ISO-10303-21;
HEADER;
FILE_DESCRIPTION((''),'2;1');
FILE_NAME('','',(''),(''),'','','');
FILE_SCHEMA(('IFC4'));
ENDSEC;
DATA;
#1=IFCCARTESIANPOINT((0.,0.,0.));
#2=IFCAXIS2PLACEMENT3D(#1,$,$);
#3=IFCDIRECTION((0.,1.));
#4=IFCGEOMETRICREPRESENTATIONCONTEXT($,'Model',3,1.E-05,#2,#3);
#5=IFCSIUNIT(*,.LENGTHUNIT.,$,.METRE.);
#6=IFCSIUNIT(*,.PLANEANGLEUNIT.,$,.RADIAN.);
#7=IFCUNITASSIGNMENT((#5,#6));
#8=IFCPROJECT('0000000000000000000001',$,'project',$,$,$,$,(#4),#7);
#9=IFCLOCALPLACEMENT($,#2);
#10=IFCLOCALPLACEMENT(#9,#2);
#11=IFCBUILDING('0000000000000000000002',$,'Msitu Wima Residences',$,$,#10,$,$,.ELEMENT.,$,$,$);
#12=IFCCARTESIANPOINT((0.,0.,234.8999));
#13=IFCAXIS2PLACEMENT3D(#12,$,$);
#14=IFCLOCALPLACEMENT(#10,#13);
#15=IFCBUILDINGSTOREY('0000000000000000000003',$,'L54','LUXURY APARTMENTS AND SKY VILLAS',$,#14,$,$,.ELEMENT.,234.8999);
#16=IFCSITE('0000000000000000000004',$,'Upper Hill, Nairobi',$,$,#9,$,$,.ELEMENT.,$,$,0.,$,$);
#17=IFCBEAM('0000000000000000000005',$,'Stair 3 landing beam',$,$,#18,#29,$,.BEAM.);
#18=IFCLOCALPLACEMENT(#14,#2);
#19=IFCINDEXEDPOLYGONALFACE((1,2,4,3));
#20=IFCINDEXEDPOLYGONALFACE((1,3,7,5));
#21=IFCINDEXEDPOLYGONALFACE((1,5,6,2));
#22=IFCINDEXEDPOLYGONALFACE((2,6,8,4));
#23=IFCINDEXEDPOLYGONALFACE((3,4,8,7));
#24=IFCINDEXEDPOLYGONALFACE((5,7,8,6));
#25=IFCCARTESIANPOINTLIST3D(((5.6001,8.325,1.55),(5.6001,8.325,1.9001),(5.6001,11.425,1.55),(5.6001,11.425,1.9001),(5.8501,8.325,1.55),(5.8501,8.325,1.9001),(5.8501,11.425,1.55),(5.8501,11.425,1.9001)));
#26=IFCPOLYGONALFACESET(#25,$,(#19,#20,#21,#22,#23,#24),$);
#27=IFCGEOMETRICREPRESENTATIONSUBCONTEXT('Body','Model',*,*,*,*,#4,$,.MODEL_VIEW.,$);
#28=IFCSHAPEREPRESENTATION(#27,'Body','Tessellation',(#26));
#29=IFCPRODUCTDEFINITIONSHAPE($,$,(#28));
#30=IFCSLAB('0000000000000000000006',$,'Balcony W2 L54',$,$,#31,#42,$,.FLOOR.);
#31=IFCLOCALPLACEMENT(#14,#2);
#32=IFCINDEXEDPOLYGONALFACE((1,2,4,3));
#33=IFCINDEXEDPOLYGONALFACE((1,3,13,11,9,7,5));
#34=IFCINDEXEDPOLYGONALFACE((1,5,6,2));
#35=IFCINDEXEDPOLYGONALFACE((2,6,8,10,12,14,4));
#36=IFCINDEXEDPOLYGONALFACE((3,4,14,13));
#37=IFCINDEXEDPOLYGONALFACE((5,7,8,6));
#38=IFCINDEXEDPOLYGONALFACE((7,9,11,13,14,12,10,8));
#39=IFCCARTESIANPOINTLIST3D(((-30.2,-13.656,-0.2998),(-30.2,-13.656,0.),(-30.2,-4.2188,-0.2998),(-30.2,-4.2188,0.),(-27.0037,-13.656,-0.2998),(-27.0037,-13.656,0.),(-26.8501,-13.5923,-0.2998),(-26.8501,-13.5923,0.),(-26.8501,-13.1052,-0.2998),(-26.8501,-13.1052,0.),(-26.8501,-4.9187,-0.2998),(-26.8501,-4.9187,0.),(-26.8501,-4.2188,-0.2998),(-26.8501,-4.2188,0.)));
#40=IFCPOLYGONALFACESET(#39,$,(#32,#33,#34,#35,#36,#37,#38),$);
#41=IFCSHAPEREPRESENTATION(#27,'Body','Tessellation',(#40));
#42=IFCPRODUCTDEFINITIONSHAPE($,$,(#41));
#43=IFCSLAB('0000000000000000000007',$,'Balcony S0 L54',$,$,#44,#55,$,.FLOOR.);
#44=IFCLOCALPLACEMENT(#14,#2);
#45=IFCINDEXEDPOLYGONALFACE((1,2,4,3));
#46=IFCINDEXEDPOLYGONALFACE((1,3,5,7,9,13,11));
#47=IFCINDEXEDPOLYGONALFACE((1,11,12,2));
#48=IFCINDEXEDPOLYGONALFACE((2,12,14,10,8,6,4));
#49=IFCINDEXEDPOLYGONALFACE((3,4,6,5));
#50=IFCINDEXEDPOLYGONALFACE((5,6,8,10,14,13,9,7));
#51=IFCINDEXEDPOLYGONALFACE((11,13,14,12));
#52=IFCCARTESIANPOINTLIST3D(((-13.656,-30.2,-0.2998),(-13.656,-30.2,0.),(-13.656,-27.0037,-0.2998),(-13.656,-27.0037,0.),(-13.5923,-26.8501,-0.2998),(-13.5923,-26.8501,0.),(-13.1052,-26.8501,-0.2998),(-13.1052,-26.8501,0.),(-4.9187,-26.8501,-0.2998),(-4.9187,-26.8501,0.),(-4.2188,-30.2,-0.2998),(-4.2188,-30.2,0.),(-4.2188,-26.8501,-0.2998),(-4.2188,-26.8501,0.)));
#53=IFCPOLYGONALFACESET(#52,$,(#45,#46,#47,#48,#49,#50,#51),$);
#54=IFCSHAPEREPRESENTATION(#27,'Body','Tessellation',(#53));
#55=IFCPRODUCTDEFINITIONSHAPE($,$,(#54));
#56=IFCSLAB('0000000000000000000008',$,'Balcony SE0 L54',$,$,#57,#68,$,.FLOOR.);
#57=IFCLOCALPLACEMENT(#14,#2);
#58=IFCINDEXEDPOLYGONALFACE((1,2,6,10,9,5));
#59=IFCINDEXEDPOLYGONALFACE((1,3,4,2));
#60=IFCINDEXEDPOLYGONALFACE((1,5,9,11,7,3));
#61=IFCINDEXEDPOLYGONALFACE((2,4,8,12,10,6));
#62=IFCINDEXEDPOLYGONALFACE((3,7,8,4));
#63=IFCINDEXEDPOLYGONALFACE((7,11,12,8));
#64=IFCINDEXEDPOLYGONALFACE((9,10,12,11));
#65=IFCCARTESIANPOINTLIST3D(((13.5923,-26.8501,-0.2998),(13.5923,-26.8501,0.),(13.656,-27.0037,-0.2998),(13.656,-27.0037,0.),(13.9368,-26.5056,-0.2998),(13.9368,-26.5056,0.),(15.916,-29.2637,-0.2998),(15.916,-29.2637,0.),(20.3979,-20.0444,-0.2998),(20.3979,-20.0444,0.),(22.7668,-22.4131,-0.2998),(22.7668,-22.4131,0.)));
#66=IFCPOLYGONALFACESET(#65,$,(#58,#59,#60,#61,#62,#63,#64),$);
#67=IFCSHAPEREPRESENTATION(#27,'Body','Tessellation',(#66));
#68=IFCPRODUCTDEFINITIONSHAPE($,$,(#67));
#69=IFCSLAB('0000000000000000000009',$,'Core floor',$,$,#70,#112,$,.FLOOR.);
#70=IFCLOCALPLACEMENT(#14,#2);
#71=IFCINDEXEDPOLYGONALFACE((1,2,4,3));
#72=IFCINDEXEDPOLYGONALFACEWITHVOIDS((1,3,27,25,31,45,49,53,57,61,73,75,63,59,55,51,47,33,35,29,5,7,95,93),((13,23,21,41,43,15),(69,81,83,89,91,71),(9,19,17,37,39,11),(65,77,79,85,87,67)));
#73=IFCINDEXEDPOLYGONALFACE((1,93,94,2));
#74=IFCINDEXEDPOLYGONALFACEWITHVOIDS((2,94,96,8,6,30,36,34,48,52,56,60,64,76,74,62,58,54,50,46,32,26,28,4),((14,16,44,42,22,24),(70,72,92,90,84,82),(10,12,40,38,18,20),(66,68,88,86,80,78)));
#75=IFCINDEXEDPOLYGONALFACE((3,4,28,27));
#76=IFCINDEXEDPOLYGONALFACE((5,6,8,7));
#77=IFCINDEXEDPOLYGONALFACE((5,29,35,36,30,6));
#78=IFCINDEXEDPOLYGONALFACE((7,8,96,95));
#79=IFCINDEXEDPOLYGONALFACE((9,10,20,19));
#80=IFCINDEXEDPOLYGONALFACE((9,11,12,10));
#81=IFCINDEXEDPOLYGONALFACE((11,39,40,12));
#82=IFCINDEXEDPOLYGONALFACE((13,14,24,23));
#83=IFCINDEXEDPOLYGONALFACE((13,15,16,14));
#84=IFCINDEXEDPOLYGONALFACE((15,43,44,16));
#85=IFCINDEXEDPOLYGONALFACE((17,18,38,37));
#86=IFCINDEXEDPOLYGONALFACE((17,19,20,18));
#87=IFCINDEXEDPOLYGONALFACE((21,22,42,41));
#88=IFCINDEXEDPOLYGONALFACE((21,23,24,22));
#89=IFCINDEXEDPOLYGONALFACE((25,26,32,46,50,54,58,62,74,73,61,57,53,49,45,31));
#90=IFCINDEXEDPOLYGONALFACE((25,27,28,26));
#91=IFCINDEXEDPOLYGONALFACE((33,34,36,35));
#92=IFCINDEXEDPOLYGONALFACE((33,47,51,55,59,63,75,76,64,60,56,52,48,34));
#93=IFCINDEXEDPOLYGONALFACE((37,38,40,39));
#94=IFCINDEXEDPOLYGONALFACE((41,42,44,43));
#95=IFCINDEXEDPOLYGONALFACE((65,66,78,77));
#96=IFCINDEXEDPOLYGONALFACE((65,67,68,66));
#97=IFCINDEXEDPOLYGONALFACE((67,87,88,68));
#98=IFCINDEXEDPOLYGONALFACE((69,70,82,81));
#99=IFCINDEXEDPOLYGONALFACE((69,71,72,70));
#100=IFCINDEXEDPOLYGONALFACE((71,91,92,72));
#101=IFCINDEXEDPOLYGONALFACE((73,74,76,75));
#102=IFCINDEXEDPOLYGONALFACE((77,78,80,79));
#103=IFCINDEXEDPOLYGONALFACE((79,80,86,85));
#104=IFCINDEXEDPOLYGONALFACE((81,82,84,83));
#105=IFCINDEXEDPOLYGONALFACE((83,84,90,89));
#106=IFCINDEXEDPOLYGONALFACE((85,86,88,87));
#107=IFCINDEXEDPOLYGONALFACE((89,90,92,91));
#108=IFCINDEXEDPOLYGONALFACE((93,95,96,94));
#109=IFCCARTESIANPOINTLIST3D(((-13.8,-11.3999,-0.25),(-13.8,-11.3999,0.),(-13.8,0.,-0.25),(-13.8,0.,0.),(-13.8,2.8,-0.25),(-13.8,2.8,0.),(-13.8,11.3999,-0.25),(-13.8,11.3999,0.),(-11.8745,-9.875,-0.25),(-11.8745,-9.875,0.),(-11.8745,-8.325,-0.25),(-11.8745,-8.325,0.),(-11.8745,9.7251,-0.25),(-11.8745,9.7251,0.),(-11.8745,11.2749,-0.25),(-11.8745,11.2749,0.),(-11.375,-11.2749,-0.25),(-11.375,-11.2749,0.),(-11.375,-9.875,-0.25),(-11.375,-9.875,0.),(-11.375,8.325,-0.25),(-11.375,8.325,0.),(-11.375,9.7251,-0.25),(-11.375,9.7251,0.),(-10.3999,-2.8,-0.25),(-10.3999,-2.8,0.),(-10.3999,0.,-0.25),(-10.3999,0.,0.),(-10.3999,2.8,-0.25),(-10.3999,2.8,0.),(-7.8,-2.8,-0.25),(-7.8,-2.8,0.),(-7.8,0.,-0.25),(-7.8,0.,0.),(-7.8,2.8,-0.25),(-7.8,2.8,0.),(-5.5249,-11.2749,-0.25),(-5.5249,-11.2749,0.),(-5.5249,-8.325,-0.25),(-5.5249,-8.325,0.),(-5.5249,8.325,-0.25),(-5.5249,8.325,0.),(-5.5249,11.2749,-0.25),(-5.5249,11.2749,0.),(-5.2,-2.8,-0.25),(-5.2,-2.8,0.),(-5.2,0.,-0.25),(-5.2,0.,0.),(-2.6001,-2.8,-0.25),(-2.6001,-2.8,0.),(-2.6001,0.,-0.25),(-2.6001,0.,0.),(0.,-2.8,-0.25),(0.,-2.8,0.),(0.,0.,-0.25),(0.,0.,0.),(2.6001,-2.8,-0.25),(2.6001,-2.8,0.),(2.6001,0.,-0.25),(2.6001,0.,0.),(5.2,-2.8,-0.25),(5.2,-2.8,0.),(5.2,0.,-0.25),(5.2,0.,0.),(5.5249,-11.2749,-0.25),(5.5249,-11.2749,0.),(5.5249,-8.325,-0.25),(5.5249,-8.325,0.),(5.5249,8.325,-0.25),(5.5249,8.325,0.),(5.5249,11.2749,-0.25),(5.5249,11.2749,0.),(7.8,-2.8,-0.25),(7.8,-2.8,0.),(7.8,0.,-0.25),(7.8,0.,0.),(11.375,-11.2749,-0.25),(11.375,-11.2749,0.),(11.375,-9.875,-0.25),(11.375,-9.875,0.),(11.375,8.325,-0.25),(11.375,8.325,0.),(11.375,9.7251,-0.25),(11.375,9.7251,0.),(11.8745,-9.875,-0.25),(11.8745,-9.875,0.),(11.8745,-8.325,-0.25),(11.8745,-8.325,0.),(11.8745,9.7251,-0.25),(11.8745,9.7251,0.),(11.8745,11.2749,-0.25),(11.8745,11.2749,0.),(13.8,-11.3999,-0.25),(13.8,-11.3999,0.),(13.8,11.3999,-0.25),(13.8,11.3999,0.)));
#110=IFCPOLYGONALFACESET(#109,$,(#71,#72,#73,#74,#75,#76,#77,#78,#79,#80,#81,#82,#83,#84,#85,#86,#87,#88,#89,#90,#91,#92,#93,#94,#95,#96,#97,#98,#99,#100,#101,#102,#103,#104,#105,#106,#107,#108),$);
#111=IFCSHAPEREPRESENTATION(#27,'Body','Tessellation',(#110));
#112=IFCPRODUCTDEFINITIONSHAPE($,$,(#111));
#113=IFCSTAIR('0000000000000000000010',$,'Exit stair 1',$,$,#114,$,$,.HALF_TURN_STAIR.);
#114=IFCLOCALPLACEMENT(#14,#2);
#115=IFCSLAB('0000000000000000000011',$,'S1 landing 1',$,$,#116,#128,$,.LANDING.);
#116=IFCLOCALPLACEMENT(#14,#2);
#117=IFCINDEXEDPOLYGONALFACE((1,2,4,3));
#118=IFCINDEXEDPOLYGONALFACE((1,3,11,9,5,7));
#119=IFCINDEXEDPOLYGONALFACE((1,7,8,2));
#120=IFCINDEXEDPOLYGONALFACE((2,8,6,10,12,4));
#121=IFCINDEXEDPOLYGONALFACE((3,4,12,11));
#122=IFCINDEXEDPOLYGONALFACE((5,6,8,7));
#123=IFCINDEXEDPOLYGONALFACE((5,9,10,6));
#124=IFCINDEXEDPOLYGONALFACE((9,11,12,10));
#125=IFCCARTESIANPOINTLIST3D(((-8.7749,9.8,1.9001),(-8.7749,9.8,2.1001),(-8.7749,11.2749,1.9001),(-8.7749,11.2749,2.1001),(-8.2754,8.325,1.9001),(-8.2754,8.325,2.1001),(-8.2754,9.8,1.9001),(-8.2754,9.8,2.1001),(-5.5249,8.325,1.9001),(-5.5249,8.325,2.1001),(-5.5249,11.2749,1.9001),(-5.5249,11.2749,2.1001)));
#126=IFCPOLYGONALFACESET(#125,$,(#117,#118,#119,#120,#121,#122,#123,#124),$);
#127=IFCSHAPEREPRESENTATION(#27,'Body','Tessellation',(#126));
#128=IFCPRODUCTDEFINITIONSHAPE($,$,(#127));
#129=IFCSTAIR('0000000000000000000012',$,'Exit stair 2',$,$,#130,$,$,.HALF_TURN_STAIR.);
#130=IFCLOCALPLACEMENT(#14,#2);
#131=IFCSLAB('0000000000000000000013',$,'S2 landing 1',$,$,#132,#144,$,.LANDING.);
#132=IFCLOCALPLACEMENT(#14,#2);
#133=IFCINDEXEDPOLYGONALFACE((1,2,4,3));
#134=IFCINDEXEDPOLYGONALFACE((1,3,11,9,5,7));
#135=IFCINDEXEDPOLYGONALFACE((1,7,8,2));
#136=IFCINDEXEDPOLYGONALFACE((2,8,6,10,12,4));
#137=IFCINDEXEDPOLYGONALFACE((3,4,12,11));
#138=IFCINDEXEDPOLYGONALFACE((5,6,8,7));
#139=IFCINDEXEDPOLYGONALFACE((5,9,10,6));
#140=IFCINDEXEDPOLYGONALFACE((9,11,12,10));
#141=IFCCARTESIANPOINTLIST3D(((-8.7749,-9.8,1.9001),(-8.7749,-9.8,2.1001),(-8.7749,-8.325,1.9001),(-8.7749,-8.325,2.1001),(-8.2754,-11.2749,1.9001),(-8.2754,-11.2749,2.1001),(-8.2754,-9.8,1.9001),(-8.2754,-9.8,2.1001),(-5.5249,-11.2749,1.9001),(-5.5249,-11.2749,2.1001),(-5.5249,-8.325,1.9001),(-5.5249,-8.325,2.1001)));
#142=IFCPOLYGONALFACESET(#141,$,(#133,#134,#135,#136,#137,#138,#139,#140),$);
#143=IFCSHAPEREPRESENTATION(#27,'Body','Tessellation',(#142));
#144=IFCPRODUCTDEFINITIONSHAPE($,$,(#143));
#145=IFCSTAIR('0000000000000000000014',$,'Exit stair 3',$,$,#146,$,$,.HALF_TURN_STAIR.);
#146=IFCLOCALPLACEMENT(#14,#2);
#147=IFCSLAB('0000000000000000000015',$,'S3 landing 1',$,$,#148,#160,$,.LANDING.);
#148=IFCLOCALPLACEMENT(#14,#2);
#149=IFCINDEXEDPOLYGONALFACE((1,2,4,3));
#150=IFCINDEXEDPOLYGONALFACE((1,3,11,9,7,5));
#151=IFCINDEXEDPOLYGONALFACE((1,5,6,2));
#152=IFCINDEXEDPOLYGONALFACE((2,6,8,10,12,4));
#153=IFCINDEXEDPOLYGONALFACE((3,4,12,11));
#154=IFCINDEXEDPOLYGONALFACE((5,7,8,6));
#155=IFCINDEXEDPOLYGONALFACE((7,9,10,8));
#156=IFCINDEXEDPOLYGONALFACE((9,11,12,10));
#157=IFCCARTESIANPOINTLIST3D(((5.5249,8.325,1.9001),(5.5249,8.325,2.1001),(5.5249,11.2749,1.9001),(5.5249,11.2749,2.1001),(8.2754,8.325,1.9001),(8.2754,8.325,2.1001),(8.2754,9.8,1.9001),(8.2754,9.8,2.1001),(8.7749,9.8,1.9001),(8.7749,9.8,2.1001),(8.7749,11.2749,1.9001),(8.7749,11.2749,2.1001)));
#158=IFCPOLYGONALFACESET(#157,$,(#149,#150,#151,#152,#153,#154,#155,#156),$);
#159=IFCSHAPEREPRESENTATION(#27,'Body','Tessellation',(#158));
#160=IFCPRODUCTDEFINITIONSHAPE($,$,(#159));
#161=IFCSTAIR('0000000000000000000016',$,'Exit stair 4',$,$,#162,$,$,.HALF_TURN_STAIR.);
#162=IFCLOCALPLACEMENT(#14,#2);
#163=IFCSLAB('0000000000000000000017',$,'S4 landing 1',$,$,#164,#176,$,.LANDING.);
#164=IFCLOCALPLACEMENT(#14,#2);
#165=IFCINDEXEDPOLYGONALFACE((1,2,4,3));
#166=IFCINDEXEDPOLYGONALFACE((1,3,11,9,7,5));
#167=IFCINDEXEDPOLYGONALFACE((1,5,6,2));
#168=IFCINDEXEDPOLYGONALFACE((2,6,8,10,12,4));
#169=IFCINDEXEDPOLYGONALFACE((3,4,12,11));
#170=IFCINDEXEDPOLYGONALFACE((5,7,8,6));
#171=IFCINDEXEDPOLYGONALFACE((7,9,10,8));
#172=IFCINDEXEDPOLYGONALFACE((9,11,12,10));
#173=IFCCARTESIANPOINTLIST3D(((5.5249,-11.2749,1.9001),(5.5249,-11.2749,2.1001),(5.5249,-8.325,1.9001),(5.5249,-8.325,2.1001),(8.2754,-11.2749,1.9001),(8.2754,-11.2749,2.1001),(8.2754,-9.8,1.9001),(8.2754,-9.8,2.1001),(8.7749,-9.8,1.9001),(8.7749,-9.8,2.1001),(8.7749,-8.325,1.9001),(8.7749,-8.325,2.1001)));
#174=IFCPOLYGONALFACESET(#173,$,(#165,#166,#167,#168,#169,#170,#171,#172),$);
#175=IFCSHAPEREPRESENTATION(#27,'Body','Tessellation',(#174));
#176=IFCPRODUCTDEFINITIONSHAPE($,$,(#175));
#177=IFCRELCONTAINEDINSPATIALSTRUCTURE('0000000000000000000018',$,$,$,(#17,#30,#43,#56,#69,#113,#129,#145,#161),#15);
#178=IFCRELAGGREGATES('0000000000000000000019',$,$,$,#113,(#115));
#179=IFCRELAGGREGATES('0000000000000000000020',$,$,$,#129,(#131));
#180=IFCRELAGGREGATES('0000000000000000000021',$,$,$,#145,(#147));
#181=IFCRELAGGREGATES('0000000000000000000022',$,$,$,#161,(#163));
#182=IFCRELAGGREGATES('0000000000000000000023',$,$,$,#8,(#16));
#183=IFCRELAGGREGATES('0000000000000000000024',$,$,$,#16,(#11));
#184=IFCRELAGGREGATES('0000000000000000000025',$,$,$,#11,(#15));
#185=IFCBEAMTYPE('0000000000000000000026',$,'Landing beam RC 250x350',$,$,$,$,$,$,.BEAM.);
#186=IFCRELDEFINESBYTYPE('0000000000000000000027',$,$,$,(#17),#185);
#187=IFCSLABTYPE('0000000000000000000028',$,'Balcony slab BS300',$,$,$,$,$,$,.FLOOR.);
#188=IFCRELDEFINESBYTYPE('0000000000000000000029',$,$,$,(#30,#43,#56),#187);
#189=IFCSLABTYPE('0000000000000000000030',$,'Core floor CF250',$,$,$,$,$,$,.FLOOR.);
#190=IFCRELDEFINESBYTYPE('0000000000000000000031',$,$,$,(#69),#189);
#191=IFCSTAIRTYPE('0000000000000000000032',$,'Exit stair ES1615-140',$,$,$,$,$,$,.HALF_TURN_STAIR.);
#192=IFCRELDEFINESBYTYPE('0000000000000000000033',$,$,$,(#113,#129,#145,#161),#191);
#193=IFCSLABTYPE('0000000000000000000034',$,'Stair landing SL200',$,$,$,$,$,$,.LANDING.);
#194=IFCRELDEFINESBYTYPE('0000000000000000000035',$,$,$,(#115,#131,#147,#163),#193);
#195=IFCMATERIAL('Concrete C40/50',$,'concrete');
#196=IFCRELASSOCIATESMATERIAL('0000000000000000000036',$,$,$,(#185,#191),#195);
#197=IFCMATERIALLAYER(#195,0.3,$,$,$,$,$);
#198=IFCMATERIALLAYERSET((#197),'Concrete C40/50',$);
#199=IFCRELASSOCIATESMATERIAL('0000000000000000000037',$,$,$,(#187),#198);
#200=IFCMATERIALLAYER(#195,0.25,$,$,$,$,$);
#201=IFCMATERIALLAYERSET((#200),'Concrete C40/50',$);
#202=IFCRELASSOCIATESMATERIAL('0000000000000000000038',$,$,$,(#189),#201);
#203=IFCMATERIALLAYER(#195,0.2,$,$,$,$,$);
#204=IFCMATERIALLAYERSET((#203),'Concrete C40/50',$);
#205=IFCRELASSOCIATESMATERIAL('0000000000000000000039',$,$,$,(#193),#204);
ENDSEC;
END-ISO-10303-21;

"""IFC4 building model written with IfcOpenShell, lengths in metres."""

from ifc_helpers import new_model, si_unit, direction, frame, origin, origin_2d, place, context, subcontext, project, spatial, polyline, rectangle, outline, extrude, material, layer, layer_set, material_profile, profile_set, type_object, element, aggregate, save


model = new_model("IFC4")

# Units and contexts
model_context = context("Model", 3, precision=1e-05, world=origin(), true_north=direction((0.0, 1.0)))
body_context = subcontext(model_context, "Body", "Model", "MODEL_VIEW")
ifc_project = project(units=[si_unit("LENGTHUNIT", "METRE"), si_unit("PLANEANGLEUNIT", "RADIAN")], contexts=[model_context])

# Site, building, storey
site_placement = place(None, origin())
site = spatial("IfcSite", under=ifc_project, at=site_placement, Name="Upper Hill, Nairobi", CompositionType="ELEMENT", RefElevation=0.0)
building_placement = place(site_placement, origin())
building = spatial("IfcBuilding", under=site, at=building_placement, Name="Msitu Wima Residences", CompositionType="ELEMENT")
storey_placement = place(building_placement, frame((0.0, 0.0, 234.8999)))
storey = spatial("IfcBuildingStorey", under=building, at=storey_placement, Name="L54", Description="LUXURY APARTMENTS AND SKY VILLAS", CompositionType="ELEMENT", Elevation=234.8999)

# Beam
ifc_material_1 = material(Name="Concrete C40/50", Category="concrete")
ifc_material_profile = material_profile(ifc_material_1, rectangle(XDim=0.25, YDim=0.3501, at=origin_2d()), Name="RC 250x350")
ifc_profile_set = profile_set([ifc_material_profile], Name="Concrete C40/50")
beam_type = type_object("IfcBeamType", Name="Landing beam RC 250x350", PredefinedType="BEAM", material=ifc_profile_set)
beam_placement = place(storey_placement, frame((5.7251, 8.325, 1.7251), z_axis=(0.0, 1.0, 0.0), x_axis=(-1.0, 0.0, 0.0)))
element("IfcBeam", 1, at=beam_placement, inside=storey, type_object=beam_type, Name="Stair 3 landing beam", PredefinedType="BEAM", context=body_context, shape_type="SweptSolid", body=[
    extrude(rectangle(XDim=0.25, YDim=0.3501, at=origin_2d()), origin(), (0.0, 0.0, 1.0), 3.1001),
])

# Slabs
ifc_layer_1 = layer(ifc_material_1, 0.3)
ifc_layer_set_1 = layer_set([ifc_layer_1], Name="Concrete C40/50")
slab_type_1 = type_object("IfcSlabType", Name="Balcony slab BS300", PredefinedType="FLOOR", material=ifc_layer_set_1)
slab_1_placement = place(storey_placement, frame((0.0, 0.0, -0.2998)))
element("IfcSlab", 2, at=slab_1_placement, inside=storey, type_object=slab_type_1, Name="Balcony W2 L54", PredefinedType="FLOOR", context=body_context, shape_type="SweptSolid", body=[
    extrude(outline(polyline([(-26.8501, -13.1052), (-26.8501, -13.1052), (-26.8501, -13.1052), (-26.8501, -13.5923), (-27.0037, -13.656), (-30.2, -13.656), (-30.2, -4.2188), (-26.8501, -4.2188), (-26.8501, -4.9187), (-26.8501, -13.1052)])), origin(), (0.0, 0.0, 1.0), 0.2998),
])
slab_2_placement = place(storey_placement, frame((0.0, 0.0, -0.2998)))
element("IfcSlab", 3, at=slab_2_placement, inside=storey, type_object=slab_type_1, Name="Balcony S0 L54", PredefinedType="FLOOR", context=body_context, shape_type="SweptSolid", body=[
    extrude(outline(polyline([(-13.1052, -26.8501), (-13.1052, -26.8501), (-4.9187, -26.8501), (-4.2188, -26.8501), (-4.2188, -30.2), (-13.656, -30.2), (-13.656, -27.0037), (-13.5923, -26.8501), (-13.1052, -26.8501), (-13.1052, -26.8501)])), origin(), (0.0, 0.0, 1.0), 0.2998),
])
slab_3_placement = place(storey_placement, frame((0.0, 0.0, -0.2998)))
element("IfcSlab", 4, at=slab_3_placement, inside=storey, type_object=slab_type_1, Name="Balcony SE0 L54", PredefinedType="FLOOR", context=body_context, shape_type="SweptSolid", body=[
    extrude(outline(polyline([(13.9368, -26.5056), (13.9368, -26.5056), (20.3979, -20.0444), (22.7668, -22.4131), (15.916, -29.2637), (13.656, -27.0037), (13.5923, -26.8501), (13.9368, -26.5056), (13.9368, -26.5056)])), origin(), (0.0, 0.0, 1.0), 0.2998),
])
ifc_layer_2 = layer(ifc_material_1, 0.25)
ifc_layer_set_2 = layer_set([ifc_layer_2], Name="Concrete C40/50")
slab_type_2 = type_object("IfcSlabType", Name="Core floor CF250", PredefinedType="FLOOR", material=ifc_layer_set_2)
slab_4_placement = place(storey_placement, frame((0.0, 0.0, -0.25)))
element("IfcSlab", 5, at=slab_4_placement, inside=storey, type_object=slab_type_2, Name="Core floor", PredefinedType="FLOOR", context=body_context, shape_type="SweptSolid", body=[
    extrude(outline(polyline([(-13.8, 11.3999), (-13.8, 2.8), (-10.3999, 2.8), (-7.8, 2.8), (-7.8, 0.0), (-5.2, 0.0), (-2.6001, 0.0), (0.0, 0.0), (2.6001, 0.0), (5.2, 0.0), (7.8, 0.0), (7.8, -2.8), (5.2, -2.8), (2.6001, -2.8), (0.0, -2.8), (-2.6001, -2.8), (-5.2, -2.8), (-7.8, -2.8), (-10.3999, -2.8), (-10.3999, 0.0), (-13.8, 0.0), (-13.8, -11.3999), (13.8, -11.3999), (13.8, 11.3999), (-13.8, 11.3999)]), holes=[polyline([(-11.375, -11.2749), (-11.375, -9.875), (-11.8745, -9.875), (-11.8745, -8.325), (-5.5249, -8.325), (-5.5249, -11.2749), (-11.375, -11.2749)]), polyline([(-11.375, 8.325), (-11.375, 9.7251), (-11.8745, 9.7251), (-11.8745, 11.2749), (-5.5249, 11.2749), (-5.5249, 8.325), (-11.375, 8.325)]), polyline([(11.375, -9.875), (11.375, -11.2749), (5.5249, -11.2749), (5.5249, -8.325), (11.8745, -8.325), (11.8745, -9.875), (11.375, -9.875)]), polyline([(11.375, 9.7251), (11.375, 8.325), (5.5249, 8.325), (5.5249, 11.2749), (11.8745, 11.2749), (11.8745, 9.7251), (11.375, 9.7251)])]), origin(), (0.0, 0.0, 1.0), 0.25),
])

# Stairs, slabs
stair_type = type_object("IfcStairType", Name="Exit stair ES1615-140", PredefinedType="HALF_TURN_STAIR", material=ifc_material_1)
stair_1_placement = place(storey_placement, origin())
stair_1 = element("IfcStair", 6, at=stair_1_placement, inside=storey, type_object=stair_type, Name="Exit stair 1", PredefinedType="HALF_TURN_STAIR")
ifc_layer_3 = layer(ifc_material_1, 0.2)
ifc_layer_set_3 = layer_set([ifc_layer_3], Name="Concrete C40/50")
slab_type_3 = type_object("IfcSlabType", Name="Stair landing SL200", PredefinedType="LANDING", material=ifc_layer_set_3)
slab_5_placement = place(storey_placement, frame((0.0, 0.0, 1.9001)))
slab_5 = element("IfcSlab", 7, at=slab_5_placement, type_object=slab_type_3, Name="S1 landing 1", PredefinedType="LANDING", context=body_context, shape_type="SweptSolid", body=[
    extrude(outline(polyline([(-5.5249, 8.325), (-8.2754, 8.325), (-8.2754, 9.8), (-8.7749, 9.8), (-8.7749, 11.2749), (-5.5249, 11.2749), (-5.5249, 8.325)])), origin(), (0.0, 0.0, 1.0), 0.2),
])
aggregate(stair_1, [slab_5])
stair_2_placement = place(storey_placement, origin())
stair_2 = element("IfcStair", 8, at=stair_2_placement, inside=storey, type_object=stair_type, Name="Exit stair 2", PredefinedType="HALF_TURN_STAIR")
slab_6_placement = place(storey_placement, frame((0.0, 0.0, 1.9001)))
slab_6 = element("IfcSlab", 9, at=slab_6_placement, type_object=slab_type_3, Name="S2 landing 1", PredefinedType="LANDING", context=body_context, shape_type="SweptSolid", body=[
    extrude(outline(polyline([(-5.5249, -11.2749), (-8.2754, -11.2749), (-8.2754, -9.8), (-8.7749, -9.8), (-8.7749, -8.325), (-5.5249, -8.325), (-5.5249, -11.2749)])), origin(), (0.0, 0.0, 1.0), 0.2),
])
aggregate(stair_2, [slab_6])
stair_3_placement = place(storey_placement, origin())
stair_3 = element("IfcStair", 10, at=stair_3_placement, inside=storey, type_object=stair_type, Name="Exit stair 3", PredefinedType="HALF_TURN_STAIR")
slab_7_placement = place(storey_placement, frame((0.0, 0.0, 1.9001)))
slab_7 = element("IfcSlab", 11, at=slab_7_placement, type_object=slab_type_3, Name="S3 landing 1", PredefinedType="LANDING", context=body_context, shape_type="SweptSolid", body=[
    extrude(outline(polyline([(5.5249, 8.325), (8.2754, 8.325), (8.2754, 9.8), (8.7749, 9.8), (8.7749, 11.2749), (5.5249, 11.2749), (5.5249, 8.325)])), origin(), (0.0, 0.0, 1.0), 0.2),
])
aggregate(stair_3, [slab_7])
stair_4_placement = place(storey_placement, origin())
stair_4 = element("IfcStair", 12, at=stair_4_placement, inside=storey, type_object=stair_type, Name="Exit stair 4", PredefinedType="HALF_TURN_STAIR")
slab_8_placement = place(storey_placement, frame((0.0, 0.0, 1.9001)))
slab_8 = element("IfcSlab", 13, at=slab_8_placement, type_object=slab_type_3, Name="S4 landing 1", PredefinedType="LANDING", context=body_context, shape_type="SweptSolid", body=[
    extrude(outline(polyline([(5.5249, -11.2749), (8.2754, -11.2749), (8.2754, -9.8), (8.7749, -9.8), (8.7749, -8.325), (5.5249, -8.325), (5.5249, -11.2749)])), origin(), (0.0, 0.0, 1.0), 0.2),
])
aggregate(stair_4, [slab_8])

save(model, "model.ifc")
